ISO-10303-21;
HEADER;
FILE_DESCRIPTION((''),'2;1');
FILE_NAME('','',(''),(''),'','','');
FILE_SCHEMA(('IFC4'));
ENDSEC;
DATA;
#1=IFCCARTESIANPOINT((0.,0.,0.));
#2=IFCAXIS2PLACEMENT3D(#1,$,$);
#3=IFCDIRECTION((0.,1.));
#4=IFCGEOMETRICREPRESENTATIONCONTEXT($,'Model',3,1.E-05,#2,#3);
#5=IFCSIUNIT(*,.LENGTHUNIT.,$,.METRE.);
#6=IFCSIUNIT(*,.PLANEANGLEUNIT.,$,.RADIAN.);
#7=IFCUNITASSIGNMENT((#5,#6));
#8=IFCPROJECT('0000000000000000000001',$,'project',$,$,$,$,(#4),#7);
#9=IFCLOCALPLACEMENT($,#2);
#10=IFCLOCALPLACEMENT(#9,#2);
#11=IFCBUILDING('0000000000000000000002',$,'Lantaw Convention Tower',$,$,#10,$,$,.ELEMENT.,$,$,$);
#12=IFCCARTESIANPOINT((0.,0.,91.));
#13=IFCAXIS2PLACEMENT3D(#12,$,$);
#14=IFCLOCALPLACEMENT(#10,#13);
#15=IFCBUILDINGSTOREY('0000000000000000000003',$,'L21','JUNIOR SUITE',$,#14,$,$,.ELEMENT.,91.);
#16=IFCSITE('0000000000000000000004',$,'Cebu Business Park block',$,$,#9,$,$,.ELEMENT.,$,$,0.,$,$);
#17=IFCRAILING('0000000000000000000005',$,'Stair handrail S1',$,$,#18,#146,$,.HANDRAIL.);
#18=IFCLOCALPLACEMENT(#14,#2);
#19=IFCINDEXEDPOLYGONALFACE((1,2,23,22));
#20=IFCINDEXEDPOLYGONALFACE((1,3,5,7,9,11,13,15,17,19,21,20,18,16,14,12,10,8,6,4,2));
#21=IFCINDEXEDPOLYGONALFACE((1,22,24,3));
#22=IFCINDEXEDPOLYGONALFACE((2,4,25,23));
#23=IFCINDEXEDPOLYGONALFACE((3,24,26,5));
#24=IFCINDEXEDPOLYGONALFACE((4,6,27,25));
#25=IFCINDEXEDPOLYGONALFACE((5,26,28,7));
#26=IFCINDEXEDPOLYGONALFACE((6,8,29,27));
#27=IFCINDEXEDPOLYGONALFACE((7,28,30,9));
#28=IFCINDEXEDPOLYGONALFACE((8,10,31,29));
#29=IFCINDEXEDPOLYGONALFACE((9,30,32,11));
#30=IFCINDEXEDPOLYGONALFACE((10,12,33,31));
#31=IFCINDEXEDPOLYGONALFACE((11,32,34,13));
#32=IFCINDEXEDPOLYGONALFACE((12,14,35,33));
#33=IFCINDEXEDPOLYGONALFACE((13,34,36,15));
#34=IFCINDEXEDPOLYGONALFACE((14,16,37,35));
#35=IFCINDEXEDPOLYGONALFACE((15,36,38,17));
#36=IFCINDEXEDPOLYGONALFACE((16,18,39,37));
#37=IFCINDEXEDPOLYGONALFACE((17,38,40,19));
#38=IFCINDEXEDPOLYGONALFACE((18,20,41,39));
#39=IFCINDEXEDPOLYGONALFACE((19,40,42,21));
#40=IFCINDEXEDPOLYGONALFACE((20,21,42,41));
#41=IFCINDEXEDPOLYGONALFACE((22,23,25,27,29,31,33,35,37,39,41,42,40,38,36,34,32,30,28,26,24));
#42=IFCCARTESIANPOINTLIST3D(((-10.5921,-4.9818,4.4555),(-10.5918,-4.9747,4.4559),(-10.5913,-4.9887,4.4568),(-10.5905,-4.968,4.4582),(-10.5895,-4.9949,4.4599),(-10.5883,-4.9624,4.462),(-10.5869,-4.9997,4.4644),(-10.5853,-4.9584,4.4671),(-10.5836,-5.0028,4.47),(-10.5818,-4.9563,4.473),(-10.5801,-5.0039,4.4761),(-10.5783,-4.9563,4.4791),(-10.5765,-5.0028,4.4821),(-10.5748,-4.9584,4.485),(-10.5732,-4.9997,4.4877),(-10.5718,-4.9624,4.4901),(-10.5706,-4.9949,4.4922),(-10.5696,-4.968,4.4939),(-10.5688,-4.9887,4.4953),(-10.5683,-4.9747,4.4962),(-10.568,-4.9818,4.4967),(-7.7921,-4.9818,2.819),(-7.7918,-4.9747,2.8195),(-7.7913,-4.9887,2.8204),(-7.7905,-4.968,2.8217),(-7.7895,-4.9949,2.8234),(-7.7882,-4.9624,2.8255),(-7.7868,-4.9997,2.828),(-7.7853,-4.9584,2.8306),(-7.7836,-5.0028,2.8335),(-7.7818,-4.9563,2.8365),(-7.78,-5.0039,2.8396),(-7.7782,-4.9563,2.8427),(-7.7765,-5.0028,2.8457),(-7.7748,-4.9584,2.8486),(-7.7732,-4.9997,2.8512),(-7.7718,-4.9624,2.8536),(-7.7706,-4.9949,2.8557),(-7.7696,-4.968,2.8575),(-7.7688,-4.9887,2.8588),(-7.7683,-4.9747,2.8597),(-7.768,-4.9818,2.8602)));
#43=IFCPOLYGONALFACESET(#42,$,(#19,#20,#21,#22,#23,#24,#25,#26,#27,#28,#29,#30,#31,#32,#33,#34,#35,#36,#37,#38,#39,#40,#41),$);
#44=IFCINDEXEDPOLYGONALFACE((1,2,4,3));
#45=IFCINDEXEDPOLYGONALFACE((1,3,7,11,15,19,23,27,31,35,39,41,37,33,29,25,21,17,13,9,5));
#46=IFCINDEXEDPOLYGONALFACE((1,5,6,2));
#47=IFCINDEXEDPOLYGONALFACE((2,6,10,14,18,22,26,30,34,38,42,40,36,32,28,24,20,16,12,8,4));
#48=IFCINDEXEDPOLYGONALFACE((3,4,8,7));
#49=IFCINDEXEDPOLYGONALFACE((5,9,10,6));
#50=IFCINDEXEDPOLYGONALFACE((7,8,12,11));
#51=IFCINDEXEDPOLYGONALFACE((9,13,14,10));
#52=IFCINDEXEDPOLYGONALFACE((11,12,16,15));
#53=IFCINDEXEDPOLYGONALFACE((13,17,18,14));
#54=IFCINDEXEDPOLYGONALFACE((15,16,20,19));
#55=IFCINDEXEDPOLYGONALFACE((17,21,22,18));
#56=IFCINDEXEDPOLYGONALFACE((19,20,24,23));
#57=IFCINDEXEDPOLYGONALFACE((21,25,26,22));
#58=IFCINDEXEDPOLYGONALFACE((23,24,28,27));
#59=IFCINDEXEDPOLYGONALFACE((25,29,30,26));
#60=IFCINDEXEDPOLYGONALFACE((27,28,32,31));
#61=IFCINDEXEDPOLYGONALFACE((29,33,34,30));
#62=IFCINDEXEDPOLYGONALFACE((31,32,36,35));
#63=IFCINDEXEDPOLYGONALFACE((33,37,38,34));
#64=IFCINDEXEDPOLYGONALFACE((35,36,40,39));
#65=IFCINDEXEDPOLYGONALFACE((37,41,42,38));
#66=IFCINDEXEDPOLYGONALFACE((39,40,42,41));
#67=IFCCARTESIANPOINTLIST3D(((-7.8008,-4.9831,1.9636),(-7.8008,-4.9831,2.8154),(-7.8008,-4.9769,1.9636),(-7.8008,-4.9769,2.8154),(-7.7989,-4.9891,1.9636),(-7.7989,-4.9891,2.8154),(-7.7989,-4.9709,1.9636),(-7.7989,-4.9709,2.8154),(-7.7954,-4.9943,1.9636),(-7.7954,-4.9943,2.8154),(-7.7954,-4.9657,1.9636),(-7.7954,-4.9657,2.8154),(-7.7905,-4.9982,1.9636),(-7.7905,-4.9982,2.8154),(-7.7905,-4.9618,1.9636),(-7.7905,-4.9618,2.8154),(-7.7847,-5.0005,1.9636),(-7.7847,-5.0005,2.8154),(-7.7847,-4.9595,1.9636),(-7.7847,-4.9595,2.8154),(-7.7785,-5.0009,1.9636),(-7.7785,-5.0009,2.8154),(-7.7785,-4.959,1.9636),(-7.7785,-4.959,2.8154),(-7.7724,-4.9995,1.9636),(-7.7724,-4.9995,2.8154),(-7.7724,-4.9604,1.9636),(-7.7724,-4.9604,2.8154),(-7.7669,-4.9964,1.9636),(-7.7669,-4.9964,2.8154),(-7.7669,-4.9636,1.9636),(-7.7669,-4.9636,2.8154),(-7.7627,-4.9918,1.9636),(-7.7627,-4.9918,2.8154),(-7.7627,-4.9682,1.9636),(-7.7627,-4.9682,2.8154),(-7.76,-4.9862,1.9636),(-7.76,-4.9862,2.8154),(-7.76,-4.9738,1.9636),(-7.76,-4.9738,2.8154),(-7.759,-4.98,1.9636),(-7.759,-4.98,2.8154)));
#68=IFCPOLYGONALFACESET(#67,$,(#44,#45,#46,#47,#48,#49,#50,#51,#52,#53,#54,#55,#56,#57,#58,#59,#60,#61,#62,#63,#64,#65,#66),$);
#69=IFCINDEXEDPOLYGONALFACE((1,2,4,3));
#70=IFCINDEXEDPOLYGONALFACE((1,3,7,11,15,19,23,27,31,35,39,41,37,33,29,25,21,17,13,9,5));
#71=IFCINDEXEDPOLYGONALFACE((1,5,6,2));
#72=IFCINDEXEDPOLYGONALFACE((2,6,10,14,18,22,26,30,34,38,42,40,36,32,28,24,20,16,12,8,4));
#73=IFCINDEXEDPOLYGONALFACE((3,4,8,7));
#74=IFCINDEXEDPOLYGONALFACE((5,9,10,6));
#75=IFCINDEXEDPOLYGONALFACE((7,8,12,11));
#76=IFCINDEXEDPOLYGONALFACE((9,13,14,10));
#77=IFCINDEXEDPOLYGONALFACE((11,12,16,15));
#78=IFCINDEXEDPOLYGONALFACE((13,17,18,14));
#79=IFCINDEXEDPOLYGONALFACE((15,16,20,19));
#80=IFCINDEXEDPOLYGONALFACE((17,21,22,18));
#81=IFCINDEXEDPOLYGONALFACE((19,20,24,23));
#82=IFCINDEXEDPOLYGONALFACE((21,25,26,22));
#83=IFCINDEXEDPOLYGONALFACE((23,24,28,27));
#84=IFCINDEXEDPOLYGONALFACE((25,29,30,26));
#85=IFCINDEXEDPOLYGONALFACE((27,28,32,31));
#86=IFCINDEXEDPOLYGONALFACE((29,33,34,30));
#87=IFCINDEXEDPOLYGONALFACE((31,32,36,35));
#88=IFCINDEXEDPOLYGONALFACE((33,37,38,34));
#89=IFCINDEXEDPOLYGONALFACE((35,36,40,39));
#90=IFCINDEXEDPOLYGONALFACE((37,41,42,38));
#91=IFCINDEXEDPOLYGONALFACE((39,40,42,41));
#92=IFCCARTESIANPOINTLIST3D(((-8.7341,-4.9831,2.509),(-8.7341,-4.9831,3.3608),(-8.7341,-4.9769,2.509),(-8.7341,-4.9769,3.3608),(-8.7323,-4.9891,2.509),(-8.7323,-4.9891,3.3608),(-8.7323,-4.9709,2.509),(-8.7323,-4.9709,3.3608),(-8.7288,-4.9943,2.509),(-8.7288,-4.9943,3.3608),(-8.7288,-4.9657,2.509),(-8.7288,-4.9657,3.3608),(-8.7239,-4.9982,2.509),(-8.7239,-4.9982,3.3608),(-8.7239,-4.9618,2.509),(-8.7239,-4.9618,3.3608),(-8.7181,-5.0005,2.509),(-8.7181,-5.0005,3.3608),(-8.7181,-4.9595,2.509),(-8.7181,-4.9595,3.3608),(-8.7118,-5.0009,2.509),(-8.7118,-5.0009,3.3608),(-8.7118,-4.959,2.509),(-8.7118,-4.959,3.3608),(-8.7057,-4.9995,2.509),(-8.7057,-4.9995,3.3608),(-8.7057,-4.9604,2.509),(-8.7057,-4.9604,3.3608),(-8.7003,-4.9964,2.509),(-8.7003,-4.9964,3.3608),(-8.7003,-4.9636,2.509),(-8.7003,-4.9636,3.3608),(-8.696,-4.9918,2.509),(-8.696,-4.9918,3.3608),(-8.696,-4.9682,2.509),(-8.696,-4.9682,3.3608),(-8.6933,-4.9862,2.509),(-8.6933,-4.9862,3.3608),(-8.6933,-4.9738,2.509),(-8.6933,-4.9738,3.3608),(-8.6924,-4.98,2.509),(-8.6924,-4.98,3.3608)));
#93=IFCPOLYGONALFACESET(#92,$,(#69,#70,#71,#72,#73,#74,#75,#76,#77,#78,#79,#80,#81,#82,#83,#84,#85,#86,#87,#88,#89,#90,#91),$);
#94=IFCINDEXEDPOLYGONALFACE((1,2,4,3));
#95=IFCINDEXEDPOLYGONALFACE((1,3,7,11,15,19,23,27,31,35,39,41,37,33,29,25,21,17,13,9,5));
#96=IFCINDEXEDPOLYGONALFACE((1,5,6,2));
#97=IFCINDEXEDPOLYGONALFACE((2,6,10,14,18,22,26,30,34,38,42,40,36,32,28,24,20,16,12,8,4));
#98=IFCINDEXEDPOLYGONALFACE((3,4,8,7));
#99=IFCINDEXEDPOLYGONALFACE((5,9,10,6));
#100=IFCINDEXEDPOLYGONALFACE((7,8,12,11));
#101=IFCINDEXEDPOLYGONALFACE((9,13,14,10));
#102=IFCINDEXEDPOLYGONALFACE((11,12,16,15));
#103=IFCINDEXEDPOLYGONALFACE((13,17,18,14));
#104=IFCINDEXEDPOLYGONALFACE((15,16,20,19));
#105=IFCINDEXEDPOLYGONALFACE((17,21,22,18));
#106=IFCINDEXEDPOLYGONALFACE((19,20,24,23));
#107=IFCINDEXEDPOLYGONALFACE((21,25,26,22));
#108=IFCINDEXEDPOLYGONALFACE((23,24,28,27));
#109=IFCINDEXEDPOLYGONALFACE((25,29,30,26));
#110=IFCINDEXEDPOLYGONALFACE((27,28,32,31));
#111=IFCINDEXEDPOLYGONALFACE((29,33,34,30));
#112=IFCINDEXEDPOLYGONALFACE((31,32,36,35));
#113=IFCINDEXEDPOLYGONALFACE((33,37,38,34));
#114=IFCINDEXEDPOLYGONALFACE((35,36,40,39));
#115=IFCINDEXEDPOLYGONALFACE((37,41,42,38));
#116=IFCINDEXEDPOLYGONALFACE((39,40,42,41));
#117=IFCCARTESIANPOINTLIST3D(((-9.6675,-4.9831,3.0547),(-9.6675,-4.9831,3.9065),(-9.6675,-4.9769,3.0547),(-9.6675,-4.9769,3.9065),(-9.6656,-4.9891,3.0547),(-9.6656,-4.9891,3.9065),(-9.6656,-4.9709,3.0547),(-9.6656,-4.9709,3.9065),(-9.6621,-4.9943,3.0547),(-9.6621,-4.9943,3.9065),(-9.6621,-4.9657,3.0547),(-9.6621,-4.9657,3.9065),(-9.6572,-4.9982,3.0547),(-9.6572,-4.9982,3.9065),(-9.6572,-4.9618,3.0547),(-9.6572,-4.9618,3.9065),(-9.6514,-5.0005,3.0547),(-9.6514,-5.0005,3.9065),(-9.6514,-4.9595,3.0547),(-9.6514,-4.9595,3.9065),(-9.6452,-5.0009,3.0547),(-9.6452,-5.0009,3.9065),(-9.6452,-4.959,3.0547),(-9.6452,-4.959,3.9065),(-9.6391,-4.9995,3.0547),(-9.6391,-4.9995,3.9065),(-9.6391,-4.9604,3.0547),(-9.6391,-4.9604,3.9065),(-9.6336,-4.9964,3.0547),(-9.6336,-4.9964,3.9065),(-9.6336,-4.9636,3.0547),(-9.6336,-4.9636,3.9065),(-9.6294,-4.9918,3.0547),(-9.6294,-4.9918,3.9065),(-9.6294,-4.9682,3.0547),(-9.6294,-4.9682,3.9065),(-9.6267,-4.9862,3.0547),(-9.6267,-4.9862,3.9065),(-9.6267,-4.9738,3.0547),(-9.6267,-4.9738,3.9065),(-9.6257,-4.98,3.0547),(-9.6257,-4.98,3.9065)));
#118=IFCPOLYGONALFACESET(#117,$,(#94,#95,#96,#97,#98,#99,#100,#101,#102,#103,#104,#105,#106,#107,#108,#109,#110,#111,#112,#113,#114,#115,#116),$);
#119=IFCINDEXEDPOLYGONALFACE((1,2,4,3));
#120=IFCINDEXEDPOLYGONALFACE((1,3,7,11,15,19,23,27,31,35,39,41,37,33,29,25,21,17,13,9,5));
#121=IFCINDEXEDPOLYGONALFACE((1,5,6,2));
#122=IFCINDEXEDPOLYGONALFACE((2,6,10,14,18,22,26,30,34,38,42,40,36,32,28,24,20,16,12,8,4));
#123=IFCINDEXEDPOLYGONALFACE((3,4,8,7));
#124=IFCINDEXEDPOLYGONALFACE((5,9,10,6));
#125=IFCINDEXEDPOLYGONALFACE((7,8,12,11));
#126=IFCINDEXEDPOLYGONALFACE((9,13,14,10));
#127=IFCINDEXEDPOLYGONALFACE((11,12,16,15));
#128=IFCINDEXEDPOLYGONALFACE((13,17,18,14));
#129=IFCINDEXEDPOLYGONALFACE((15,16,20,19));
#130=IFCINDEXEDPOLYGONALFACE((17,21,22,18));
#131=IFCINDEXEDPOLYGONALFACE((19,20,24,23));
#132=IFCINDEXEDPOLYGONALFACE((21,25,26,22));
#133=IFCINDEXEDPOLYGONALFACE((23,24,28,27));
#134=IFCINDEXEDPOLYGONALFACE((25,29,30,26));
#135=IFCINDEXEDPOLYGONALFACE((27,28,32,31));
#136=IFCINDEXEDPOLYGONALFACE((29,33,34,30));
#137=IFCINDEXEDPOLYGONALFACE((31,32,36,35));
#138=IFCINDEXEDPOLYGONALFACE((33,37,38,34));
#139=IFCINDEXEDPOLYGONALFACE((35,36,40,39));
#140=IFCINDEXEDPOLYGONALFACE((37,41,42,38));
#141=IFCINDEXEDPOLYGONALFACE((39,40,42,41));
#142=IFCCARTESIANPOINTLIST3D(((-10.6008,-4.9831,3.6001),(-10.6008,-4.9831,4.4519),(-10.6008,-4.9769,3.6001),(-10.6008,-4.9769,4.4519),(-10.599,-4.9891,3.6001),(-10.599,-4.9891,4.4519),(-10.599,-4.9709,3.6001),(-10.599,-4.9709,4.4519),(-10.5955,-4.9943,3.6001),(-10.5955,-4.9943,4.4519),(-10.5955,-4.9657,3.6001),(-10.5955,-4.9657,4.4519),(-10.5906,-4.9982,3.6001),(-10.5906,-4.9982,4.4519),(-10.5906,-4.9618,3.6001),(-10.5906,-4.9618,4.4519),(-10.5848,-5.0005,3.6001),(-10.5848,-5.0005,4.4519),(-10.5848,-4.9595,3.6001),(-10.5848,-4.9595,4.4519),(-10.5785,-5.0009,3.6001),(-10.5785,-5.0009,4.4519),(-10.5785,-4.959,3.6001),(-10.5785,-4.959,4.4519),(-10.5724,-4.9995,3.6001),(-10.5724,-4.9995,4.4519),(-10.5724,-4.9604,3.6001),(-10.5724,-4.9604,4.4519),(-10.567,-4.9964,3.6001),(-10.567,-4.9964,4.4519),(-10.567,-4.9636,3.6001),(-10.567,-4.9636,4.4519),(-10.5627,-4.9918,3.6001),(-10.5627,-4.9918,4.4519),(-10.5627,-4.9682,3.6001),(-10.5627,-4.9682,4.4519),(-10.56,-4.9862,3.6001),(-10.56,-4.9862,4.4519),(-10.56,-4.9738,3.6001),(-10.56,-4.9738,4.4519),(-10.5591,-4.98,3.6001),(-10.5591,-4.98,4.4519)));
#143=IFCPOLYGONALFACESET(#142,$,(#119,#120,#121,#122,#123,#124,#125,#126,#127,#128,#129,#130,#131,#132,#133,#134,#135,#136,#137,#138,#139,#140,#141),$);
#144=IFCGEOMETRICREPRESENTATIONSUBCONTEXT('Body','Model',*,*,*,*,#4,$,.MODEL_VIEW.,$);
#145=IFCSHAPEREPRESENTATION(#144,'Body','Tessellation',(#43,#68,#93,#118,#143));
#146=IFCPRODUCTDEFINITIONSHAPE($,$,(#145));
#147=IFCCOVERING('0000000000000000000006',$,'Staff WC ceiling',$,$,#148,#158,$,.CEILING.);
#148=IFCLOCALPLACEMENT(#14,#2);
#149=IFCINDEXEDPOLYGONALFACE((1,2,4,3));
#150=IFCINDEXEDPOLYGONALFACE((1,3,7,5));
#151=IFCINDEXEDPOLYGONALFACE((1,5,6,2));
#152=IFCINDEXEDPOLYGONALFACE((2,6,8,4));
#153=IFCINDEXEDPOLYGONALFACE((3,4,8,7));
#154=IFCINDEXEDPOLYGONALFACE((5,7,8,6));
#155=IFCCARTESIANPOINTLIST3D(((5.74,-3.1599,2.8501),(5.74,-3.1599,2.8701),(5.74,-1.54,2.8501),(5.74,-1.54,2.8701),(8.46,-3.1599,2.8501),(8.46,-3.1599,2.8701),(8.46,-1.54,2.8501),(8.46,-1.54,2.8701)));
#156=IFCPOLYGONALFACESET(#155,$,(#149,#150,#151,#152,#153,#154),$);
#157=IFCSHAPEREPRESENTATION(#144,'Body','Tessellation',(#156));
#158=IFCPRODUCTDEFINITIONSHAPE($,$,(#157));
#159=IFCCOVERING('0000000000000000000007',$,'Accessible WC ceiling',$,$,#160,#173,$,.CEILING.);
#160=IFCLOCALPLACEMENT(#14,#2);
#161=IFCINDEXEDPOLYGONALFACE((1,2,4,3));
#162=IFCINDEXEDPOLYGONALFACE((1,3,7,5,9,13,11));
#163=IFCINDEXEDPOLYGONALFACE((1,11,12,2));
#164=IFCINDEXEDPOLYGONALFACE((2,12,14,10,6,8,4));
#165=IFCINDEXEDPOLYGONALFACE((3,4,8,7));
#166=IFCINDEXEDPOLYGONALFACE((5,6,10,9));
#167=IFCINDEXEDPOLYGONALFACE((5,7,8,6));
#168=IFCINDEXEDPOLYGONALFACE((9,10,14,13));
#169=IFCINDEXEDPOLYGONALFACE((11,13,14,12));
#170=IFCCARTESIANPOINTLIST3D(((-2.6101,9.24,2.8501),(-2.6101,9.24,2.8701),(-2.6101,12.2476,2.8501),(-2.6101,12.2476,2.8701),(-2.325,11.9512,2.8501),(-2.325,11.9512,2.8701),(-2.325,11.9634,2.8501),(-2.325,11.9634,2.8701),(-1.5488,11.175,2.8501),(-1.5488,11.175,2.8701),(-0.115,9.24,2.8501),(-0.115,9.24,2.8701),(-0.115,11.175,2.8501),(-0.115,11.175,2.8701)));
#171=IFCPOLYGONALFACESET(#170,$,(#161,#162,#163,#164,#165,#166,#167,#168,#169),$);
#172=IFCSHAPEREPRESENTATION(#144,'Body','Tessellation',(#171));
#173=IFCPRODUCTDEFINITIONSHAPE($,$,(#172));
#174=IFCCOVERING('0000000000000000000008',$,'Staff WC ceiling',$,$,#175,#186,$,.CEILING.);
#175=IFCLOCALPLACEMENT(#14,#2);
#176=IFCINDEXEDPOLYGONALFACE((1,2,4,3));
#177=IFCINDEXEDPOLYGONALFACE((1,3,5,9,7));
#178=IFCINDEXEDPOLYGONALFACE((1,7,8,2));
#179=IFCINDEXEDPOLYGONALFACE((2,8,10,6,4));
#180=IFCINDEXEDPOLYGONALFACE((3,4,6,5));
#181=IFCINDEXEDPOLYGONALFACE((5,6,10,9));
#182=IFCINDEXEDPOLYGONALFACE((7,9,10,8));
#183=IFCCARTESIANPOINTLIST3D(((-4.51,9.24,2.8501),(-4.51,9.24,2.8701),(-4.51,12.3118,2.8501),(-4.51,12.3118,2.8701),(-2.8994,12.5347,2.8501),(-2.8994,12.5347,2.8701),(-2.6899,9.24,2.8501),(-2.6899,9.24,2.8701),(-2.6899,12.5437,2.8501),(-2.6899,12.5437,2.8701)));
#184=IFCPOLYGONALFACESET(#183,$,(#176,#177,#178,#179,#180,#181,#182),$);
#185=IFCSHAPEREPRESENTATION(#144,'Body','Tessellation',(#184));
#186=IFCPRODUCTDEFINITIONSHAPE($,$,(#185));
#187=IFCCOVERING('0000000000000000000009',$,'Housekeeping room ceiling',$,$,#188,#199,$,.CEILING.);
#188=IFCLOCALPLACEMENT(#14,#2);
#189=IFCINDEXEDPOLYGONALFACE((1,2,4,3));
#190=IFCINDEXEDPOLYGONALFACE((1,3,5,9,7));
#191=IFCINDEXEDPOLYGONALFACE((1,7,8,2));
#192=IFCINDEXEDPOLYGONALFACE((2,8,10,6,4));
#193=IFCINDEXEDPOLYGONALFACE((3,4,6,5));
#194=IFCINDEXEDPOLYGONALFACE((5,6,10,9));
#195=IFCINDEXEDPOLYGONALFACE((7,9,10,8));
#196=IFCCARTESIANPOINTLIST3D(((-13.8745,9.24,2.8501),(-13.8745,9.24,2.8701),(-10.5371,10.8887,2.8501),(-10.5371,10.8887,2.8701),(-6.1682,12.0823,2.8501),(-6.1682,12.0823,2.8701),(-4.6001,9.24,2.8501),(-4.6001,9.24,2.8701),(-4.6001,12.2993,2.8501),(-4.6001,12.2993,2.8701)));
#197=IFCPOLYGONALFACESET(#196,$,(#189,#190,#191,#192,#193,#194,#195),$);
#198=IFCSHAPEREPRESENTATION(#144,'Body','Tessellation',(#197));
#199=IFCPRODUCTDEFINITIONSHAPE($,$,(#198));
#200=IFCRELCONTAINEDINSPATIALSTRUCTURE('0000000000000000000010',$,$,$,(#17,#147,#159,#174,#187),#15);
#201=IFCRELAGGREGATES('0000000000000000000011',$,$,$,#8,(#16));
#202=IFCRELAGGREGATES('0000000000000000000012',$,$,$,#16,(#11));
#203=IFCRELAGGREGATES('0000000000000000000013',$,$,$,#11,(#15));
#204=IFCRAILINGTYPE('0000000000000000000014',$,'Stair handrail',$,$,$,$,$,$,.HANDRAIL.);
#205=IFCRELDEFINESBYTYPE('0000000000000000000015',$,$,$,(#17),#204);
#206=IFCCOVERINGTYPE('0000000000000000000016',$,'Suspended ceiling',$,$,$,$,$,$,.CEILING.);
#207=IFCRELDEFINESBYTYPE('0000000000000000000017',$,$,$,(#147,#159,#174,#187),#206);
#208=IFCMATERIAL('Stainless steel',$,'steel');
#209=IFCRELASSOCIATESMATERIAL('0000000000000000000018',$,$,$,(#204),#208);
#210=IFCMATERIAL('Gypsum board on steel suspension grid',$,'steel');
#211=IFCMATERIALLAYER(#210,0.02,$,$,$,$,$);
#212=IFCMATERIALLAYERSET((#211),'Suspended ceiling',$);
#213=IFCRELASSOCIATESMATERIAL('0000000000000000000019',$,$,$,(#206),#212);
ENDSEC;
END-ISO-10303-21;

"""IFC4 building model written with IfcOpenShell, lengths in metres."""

from ifc_helpers import new_model, si_unit, direction, frame, origin, origin_2d, place, context, subcontext, project, spatial, polyline, circle, outline, extrude, material, layer, layer_set, type_object, element, save


model = new_model("IFC4")

# Units and contexts
model_context = context("Model", 3, precision=1e-05, world=origin(), true_north=direction((0.0, 1.0)))
body_context = subcontext(model_context, "Body", "Model", "MODEL_VIEW")
ifc_project = project(units=[si_unit("LENGTHUNIT", "METRE"), si_unit("PLANEANGLEUNIT", "RADIAN")], contexts=[model_context])

# Site, building, storey
site_placement = place(None, origin())
site = spatial("IfcSite", under=ifc_project, at=site_placement, Name="Cebu Business Park block", CompositionType="ELEMENT", RefElevation=0.0)
building_placement = place(site_placement, origin())
building = spatial("IfcBuilding", under=site, at=building_placement, Name="Lantaw Convention Tower", CompositionType="ELEMENT")
storey_placement = place(building_placement, frame((0.0, 0.0, 91.0)))
storey = spatial("IfcBuildingStorey", under=building, at=storey_placement, Name="L21", Description="JUNIOR SUITE", CompositionType="ELEMENT", Elevation=91.0)

# Shared definitions
ifc_material_1 = material(Name="Stainless steel", Category="steel")

# Railing
railing_type = type_object("IfcRailingType", Name="Stair handrail", PredefinedType="HANDRAIL", material=ifc_material_1)
railing_1_placement = place(storey_placement, frame((-7.78, -4.98, 1.9636)))
element("IfcRailing", 1, at=railing_1_placement, inside=storey, type_object=railing_type, Name="Stair handrail S1", PredefinedType="HANDRAIL", context=body_context, shape_type="SweptSolid", body=[
    extrude(circle(Radius=0.0239, at=origin_2d()), frame((0.0, 0.0, 0.876), z_axis=(-0.863361, 0.0, 0.504587), x_axis=(0.0, -1.0, 0.0)), (0.0, 0.0, 1.0), 3.2432),
    extrude(circle(Radius=0.021, at=origin_2d()), origin(), (0.0, 0.0, 1.0), 0.8518),
    extrude(circle(Radius=0.021, at=origin_2d()), frame((-0.9333, 0.0, 0.5454)), (0.0, 0.0, 1.0), 0.8518),
    extrude(circle(Radius=0.021, at=origin_2d()), frame((-1.8667, 0.0, 1.0911)), (0.0, 0.0, 1.0), 0.8518),
    extrude(circle(Radius=0.021, at=origin_2d()), frame((-2.8, 0.0, 1.6365)), (0.0, 0.0, 1.0), 0.8518),
])

# Coverings
ifc_material_2 = material(Name="Gypsum board on steel suspension grid", Category="steel")
ifc_layer_1 = layer(ifc_material_2, 0.02)
ifc_layer_set_1 = layer_set([ifc_layer_1], Name="Suspended ceiling")
covering_type = type_object("IfcCoveringType", Name="Suspended ceiling", PredefinedType="CEILING", material=ifc_layer_set_1)
covering_1_placement = place(storey_placement, frame((0.0, 0.0, 2.8501)))
element("IfcCovering", 2, at=covering_1_placement, inside=storey, type_object=covering_type, Name="Staff WC ceiling", PredefinedType="CEILING", context=body_context, shape_type="SweptSolid", body=[
    extrude(outline(polyline([(5.74, -3.1599), (8.46, -3.1599), (8.46, -1.54), (5.74, -1.54), (5.74, -3.1599)])), origin(), (0.0, 0.0, 1.0), 0.02),
])
covering_2_placement = place(storey_placement, frame((0.0, 0.0, 2.8501)))
element("IfcCovering", 3, at=covering_2_placement, inside=storey, type_object=covering_type, Name="Accessible WC ceiling", PredefinedType="CEILING", context=body_context, shape_type="SweptSolid", body=[
    extrude(outline(polyline([(-2.6101, 9.24), (-0.115, 9.24), (-0.115, 11.175), (-1.5488, 11.175), (-2.325, 11.9512), (-2.325, 11.9634), (-2.6101, 12.2476), (-2.6101, 9.24)])), origin(), (0.0, 0.0, 1.0), 0.02),
])
covering_3_placement = place(storey_placement, frame((0.0, 0.0, 2.8501)))
element("IfcCovering", 4, at=covering_3_placement, inside=storey, type_object=covering_type, Name="Staff WC ceiling", PredefinedType="CEILING", context=body_context, shape_type="SweptSolid", body=[
    extrude(outline(polyline([(-2.6899, 12.5437), (-2.8994, 12.5347), (-4.51, 12.3118), (-4.51, 9.24), (-2.6899, 9.24), (-2.6899, 12.5437)])), origin(), (0.0, 0.0, 1.0), 0.02),
])
covering_4_placement = place(storey_placement, frame((0.0, 0.0, 2.8501)))
element("IfcCovering", 5, at=covering_4_placement, inside=storey, type_object=covering_type, Name="Housekeeping room ceiling", PredefinedType="CEILING", context=body_context, shape_type="SweptSolid", body=[
    extrude(outline(polyline([(-13.8745, 9.24), (-4.6001, 9.24), (-4.6001, 12.2993), (-6.1682, 12.0823), (-10.5371, 10.8887), (-13.8745, 9.24)])), origin(), (0.0, 0.0, 1.0), 0.02),
])

save(model, "model.ifc")
